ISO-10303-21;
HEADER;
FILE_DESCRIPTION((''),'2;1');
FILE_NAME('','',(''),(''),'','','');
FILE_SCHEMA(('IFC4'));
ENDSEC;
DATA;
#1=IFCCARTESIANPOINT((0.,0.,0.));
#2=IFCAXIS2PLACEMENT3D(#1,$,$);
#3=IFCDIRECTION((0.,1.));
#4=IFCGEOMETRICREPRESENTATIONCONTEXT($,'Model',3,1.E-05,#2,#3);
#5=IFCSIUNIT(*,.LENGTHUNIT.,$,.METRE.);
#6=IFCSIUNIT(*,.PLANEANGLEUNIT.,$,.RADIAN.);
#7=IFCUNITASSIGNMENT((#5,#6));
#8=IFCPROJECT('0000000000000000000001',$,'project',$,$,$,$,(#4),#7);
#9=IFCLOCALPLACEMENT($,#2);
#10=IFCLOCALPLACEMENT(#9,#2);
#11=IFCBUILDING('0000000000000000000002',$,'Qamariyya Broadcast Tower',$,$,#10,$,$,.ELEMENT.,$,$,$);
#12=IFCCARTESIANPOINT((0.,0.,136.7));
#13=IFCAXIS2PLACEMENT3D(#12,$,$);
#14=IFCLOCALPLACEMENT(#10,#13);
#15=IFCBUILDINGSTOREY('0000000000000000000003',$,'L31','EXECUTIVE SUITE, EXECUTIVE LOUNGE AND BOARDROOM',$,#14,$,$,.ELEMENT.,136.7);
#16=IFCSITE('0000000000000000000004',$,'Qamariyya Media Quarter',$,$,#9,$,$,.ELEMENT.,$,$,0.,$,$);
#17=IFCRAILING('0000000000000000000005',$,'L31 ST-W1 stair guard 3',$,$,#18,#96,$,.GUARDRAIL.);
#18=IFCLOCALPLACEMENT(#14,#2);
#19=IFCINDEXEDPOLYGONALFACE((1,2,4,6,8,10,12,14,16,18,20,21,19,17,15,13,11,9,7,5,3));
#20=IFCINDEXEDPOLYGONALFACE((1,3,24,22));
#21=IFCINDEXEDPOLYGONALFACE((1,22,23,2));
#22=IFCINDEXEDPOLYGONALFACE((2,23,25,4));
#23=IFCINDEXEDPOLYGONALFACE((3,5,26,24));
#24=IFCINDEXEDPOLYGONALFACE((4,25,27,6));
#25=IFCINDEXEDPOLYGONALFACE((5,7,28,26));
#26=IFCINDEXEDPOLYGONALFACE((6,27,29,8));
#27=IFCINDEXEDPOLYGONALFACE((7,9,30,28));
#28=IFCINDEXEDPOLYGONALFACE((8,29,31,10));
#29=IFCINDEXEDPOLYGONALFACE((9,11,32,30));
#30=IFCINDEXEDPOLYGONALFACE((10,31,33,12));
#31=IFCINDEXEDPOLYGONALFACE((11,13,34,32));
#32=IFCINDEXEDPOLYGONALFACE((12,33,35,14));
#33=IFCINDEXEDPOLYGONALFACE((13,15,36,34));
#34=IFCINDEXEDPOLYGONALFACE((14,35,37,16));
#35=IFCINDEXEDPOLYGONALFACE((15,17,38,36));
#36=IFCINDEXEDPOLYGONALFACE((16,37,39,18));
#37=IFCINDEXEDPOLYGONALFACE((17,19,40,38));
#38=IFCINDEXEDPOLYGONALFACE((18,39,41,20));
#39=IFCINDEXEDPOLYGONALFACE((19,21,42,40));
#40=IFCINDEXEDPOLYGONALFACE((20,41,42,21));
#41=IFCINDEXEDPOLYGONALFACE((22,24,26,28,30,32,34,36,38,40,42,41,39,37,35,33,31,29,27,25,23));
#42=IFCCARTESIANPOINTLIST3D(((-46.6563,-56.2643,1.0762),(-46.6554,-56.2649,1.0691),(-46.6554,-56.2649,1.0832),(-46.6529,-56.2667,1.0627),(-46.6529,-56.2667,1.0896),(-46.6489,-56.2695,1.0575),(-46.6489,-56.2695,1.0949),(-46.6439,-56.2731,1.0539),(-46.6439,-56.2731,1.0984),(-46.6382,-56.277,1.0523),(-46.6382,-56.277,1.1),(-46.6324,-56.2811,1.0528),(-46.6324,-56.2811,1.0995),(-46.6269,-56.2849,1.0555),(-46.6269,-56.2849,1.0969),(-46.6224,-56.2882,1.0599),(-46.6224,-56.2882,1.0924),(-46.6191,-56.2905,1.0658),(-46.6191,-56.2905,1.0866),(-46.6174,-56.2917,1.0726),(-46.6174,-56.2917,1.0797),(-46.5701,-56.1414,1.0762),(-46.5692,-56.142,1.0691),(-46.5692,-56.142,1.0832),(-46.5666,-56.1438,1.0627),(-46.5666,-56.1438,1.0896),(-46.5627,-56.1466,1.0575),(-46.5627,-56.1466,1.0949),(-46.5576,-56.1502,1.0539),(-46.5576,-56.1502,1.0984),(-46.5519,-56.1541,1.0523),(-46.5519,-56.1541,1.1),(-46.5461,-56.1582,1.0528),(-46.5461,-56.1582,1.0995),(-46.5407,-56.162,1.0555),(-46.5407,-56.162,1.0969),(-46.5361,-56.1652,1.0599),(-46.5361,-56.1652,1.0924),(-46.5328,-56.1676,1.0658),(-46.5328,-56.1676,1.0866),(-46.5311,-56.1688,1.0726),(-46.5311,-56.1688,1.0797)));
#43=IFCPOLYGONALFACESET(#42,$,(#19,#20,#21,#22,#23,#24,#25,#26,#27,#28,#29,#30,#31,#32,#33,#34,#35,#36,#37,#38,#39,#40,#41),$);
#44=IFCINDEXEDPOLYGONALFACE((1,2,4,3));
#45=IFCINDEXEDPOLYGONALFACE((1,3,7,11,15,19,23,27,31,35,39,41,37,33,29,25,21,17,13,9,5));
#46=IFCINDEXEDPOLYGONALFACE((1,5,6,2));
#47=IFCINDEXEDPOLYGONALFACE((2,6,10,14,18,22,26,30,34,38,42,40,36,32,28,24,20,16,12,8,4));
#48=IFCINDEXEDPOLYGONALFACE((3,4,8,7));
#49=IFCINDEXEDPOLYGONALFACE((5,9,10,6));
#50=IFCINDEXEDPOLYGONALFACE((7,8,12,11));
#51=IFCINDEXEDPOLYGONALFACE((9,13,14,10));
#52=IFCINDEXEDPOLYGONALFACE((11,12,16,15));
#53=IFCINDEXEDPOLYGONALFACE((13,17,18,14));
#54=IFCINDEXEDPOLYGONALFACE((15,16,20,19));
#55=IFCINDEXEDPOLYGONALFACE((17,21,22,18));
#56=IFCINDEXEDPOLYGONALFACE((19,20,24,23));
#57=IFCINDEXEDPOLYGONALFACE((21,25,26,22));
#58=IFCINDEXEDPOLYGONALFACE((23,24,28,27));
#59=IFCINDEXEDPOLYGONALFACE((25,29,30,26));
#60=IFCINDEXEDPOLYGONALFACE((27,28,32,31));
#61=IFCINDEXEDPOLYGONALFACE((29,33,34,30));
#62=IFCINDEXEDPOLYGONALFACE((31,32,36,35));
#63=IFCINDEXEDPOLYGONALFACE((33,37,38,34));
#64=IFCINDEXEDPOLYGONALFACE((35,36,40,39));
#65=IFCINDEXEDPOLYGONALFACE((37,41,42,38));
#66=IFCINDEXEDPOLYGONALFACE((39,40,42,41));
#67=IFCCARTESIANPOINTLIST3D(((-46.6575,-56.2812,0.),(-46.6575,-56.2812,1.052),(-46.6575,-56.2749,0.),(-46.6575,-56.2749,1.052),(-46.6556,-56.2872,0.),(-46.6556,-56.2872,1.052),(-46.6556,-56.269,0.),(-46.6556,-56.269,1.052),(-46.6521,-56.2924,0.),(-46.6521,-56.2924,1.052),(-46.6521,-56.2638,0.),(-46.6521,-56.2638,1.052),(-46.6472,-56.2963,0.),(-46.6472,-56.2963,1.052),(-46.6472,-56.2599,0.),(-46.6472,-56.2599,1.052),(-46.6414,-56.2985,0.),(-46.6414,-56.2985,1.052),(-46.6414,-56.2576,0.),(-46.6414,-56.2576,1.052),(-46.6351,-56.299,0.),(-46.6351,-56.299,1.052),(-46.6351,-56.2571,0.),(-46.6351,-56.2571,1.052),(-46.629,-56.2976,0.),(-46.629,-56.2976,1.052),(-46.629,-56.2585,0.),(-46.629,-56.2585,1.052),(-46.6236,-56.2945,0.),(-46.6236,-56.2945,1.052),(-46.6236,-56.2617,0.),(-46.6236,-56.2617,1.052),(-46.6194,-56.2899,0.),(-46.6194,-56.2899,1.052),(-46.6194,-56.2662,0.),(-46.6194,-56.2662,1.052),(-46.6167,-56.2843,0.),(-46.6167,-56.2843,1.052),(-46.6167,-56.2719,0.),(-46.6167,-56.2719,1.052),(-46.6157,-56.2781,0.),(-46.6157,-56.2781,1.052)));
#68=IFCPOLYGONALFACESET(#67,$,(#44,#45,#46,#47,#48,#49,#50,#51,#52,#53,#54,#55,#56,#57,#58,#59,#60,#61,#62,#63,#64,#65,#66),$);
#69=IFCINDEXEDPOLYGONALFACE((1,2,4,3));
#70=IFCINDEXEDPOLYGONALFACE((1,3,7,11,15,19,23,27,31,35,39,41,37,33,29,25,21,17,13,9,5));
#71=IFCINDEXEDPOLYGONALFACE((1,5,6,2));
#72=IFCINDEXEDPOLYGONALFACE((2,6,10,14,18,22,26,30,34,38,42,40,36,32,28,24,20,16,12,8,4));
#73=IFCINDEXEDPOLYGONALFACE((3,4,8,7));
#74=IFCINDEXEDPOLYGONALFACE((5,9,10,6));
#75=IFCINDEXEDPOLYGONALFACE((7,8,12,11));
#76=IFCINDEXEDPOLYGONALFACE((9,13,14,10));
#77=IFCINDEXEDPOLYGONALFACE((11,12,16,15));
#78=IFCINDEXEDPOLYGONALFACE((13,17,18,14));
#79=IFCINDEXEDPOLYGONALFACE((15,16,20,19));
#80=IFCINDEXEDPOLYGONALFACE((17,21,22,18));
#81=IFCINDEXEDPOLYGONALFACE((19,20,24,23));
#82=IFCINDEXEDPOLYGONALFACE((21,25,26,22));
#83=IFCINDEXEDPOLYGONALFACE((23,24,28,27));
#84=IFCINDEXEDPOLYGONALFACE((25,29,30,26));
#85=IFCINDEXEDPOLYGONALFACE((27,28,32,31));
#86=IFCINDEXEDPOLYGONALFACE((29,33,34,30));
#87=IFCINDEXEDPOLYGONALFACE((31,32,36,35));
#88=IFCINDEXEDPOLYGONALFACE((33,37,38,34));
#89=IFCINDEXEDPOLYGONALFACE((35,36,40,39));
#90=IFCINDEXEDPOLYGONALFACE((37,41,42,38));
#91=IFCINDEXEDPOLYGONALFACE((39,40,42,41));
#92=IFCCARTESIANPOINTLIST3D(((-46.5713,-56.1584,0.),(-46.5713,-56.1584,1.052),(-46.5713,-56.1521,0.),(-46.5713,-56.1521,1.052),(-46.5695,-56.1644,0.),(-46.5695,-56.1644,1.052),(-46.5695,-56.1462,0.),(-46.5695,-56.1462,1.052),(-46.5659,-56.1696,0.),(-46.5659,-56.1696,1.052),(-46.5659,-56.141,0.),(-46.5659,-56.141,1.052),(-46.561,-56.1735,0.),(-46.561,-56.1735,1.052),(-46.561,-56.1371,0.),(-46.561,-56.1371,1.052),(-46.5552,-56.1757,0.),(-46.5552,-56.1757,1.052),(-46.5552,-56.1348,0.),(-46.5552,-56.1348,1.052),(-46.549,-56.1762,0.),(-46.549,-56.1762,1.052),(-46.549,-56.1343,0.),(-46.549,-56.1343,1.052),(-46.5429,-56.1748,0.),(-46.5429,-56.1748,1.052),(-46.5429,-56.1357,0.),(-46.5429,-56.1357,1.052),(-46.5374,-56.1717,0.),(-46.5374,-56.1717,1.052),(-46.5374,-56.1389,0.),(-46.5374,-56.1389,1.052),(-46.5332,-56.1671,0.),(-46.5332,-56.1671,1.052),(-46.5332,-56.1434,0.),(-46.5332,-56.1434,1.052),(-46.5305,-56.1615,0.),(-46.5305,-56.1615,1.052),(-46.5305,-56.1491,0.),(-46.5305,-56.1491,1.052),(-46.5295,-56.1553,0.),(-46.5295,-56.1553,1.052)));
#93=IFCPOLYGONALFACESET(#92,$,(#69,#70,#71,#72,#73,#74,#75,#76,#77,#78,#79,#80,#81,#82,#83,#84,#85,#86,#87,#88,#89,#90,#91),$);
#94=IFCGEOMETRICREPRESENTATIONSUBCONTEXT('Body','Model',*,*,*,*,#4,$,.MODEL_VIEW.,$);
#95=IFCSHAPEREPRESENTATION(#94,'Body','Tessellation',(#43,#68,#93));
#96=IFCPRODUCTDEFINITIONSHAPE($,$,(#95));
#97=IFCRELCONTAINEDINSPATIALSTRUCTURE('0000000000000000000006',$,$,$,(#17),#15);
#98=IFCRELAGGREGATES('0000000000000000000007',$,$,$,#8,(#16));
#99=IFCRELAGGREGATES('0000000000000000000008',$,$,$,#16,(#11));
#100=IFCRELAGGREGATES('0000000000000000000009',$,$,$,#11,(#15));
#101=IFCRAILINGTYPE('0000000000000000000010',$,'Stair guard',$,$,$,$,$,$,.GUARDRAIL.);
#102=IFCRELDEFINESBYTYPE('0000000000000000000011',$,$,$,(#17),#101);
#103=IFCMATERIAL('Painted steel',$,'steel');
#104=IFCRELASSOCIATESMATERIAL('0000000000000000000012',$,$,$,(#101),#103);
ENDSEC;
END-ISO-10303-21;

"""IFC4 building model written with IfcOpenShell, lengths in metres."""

from ifc_helpers import new_model, si_unit, direction, frame, origin, origin_2d, place, context, subcontext, project, spatial, circle, extrude, material, type_object, element, save


model = new_model("IFC4")

# Units and contexts
model_context = context("Model", 3, precision=1e-05, world=origin(), true_north=direction((0.0, 1.0)))
body_context = subcontext(model_context, "Body", "Model", "MODEL_VIEW")
ifc_project = project(units=[si_unit("LENGTHUNIT", "METRE"), si_unit("PLANEANGLEUNIT", "RADIAN")], contexts=[model_context])

# Site, building, storey
site_placement = place(None, origin())
site = spatial("IfcSite", under=ifc_project, at=site_placement, Name="Qamariyya Media Quarter", CompositionType="ELEMENT", RefElevation=0.0)
building_placement = place(site_placement, origin())
building = spatial("IfcBuilding", under=site, at=building_placement, Name="Qamariyya Broadcast Tower", CompositionType="ELEMENT")
storey_placement = place(building_placement, frame((0.0, 0.0, 136.7)))
storey = spatial("IfcBuildingStorey", under=building, at=storey_placement, Name="L31", Description="EXECUTIVE SUITE, EXECUTIVE LOUNGE AND BOARDROOM", CompositionType="ELEMENT", Elevation=136.7)

# Railing
ifc_material_1 = material(Name="Painted steel", Category="steel")
railing_type_1 = type_object("IfcRailingType", Name="Stair guard", PredefinedType="GUARDRAIL", material=ifc_material_1)
railing_1_placement = place(storey_placement, frame((-46.6367, -56.2781, 0.0)))
element("IfcRailing", 1, at=railing_1_placement, inside=storey, type_object=railing_type_1, Name="L31 ST-W1 stair guard 3", PredefinedType="GUARDRAIL", context=body_context, shape_type="SweptSolid", body=[
    extrude(circle(Radius=0.0239, at=origin_2d()), frame((0.0, 0.0, 1.0762), z_axis=(0.574445, 0.818543, 0.0), x_axis=(-0.818543, 0.574445, 0.0)), (0.0, 0.0, 1.0), 0.1501),
    extrude(circle(Radius=0.021, at=origin_2d()), origin(), (0.0, 0.0, 1.0), 1.052),
    extrude(circle(Radius=0.021, at=origin_2d()), frame((0.0862, 0.1228, 0.0)), (0.0, 0.0, 1.0), 1.052),
])

save(model, "model.ifc")
